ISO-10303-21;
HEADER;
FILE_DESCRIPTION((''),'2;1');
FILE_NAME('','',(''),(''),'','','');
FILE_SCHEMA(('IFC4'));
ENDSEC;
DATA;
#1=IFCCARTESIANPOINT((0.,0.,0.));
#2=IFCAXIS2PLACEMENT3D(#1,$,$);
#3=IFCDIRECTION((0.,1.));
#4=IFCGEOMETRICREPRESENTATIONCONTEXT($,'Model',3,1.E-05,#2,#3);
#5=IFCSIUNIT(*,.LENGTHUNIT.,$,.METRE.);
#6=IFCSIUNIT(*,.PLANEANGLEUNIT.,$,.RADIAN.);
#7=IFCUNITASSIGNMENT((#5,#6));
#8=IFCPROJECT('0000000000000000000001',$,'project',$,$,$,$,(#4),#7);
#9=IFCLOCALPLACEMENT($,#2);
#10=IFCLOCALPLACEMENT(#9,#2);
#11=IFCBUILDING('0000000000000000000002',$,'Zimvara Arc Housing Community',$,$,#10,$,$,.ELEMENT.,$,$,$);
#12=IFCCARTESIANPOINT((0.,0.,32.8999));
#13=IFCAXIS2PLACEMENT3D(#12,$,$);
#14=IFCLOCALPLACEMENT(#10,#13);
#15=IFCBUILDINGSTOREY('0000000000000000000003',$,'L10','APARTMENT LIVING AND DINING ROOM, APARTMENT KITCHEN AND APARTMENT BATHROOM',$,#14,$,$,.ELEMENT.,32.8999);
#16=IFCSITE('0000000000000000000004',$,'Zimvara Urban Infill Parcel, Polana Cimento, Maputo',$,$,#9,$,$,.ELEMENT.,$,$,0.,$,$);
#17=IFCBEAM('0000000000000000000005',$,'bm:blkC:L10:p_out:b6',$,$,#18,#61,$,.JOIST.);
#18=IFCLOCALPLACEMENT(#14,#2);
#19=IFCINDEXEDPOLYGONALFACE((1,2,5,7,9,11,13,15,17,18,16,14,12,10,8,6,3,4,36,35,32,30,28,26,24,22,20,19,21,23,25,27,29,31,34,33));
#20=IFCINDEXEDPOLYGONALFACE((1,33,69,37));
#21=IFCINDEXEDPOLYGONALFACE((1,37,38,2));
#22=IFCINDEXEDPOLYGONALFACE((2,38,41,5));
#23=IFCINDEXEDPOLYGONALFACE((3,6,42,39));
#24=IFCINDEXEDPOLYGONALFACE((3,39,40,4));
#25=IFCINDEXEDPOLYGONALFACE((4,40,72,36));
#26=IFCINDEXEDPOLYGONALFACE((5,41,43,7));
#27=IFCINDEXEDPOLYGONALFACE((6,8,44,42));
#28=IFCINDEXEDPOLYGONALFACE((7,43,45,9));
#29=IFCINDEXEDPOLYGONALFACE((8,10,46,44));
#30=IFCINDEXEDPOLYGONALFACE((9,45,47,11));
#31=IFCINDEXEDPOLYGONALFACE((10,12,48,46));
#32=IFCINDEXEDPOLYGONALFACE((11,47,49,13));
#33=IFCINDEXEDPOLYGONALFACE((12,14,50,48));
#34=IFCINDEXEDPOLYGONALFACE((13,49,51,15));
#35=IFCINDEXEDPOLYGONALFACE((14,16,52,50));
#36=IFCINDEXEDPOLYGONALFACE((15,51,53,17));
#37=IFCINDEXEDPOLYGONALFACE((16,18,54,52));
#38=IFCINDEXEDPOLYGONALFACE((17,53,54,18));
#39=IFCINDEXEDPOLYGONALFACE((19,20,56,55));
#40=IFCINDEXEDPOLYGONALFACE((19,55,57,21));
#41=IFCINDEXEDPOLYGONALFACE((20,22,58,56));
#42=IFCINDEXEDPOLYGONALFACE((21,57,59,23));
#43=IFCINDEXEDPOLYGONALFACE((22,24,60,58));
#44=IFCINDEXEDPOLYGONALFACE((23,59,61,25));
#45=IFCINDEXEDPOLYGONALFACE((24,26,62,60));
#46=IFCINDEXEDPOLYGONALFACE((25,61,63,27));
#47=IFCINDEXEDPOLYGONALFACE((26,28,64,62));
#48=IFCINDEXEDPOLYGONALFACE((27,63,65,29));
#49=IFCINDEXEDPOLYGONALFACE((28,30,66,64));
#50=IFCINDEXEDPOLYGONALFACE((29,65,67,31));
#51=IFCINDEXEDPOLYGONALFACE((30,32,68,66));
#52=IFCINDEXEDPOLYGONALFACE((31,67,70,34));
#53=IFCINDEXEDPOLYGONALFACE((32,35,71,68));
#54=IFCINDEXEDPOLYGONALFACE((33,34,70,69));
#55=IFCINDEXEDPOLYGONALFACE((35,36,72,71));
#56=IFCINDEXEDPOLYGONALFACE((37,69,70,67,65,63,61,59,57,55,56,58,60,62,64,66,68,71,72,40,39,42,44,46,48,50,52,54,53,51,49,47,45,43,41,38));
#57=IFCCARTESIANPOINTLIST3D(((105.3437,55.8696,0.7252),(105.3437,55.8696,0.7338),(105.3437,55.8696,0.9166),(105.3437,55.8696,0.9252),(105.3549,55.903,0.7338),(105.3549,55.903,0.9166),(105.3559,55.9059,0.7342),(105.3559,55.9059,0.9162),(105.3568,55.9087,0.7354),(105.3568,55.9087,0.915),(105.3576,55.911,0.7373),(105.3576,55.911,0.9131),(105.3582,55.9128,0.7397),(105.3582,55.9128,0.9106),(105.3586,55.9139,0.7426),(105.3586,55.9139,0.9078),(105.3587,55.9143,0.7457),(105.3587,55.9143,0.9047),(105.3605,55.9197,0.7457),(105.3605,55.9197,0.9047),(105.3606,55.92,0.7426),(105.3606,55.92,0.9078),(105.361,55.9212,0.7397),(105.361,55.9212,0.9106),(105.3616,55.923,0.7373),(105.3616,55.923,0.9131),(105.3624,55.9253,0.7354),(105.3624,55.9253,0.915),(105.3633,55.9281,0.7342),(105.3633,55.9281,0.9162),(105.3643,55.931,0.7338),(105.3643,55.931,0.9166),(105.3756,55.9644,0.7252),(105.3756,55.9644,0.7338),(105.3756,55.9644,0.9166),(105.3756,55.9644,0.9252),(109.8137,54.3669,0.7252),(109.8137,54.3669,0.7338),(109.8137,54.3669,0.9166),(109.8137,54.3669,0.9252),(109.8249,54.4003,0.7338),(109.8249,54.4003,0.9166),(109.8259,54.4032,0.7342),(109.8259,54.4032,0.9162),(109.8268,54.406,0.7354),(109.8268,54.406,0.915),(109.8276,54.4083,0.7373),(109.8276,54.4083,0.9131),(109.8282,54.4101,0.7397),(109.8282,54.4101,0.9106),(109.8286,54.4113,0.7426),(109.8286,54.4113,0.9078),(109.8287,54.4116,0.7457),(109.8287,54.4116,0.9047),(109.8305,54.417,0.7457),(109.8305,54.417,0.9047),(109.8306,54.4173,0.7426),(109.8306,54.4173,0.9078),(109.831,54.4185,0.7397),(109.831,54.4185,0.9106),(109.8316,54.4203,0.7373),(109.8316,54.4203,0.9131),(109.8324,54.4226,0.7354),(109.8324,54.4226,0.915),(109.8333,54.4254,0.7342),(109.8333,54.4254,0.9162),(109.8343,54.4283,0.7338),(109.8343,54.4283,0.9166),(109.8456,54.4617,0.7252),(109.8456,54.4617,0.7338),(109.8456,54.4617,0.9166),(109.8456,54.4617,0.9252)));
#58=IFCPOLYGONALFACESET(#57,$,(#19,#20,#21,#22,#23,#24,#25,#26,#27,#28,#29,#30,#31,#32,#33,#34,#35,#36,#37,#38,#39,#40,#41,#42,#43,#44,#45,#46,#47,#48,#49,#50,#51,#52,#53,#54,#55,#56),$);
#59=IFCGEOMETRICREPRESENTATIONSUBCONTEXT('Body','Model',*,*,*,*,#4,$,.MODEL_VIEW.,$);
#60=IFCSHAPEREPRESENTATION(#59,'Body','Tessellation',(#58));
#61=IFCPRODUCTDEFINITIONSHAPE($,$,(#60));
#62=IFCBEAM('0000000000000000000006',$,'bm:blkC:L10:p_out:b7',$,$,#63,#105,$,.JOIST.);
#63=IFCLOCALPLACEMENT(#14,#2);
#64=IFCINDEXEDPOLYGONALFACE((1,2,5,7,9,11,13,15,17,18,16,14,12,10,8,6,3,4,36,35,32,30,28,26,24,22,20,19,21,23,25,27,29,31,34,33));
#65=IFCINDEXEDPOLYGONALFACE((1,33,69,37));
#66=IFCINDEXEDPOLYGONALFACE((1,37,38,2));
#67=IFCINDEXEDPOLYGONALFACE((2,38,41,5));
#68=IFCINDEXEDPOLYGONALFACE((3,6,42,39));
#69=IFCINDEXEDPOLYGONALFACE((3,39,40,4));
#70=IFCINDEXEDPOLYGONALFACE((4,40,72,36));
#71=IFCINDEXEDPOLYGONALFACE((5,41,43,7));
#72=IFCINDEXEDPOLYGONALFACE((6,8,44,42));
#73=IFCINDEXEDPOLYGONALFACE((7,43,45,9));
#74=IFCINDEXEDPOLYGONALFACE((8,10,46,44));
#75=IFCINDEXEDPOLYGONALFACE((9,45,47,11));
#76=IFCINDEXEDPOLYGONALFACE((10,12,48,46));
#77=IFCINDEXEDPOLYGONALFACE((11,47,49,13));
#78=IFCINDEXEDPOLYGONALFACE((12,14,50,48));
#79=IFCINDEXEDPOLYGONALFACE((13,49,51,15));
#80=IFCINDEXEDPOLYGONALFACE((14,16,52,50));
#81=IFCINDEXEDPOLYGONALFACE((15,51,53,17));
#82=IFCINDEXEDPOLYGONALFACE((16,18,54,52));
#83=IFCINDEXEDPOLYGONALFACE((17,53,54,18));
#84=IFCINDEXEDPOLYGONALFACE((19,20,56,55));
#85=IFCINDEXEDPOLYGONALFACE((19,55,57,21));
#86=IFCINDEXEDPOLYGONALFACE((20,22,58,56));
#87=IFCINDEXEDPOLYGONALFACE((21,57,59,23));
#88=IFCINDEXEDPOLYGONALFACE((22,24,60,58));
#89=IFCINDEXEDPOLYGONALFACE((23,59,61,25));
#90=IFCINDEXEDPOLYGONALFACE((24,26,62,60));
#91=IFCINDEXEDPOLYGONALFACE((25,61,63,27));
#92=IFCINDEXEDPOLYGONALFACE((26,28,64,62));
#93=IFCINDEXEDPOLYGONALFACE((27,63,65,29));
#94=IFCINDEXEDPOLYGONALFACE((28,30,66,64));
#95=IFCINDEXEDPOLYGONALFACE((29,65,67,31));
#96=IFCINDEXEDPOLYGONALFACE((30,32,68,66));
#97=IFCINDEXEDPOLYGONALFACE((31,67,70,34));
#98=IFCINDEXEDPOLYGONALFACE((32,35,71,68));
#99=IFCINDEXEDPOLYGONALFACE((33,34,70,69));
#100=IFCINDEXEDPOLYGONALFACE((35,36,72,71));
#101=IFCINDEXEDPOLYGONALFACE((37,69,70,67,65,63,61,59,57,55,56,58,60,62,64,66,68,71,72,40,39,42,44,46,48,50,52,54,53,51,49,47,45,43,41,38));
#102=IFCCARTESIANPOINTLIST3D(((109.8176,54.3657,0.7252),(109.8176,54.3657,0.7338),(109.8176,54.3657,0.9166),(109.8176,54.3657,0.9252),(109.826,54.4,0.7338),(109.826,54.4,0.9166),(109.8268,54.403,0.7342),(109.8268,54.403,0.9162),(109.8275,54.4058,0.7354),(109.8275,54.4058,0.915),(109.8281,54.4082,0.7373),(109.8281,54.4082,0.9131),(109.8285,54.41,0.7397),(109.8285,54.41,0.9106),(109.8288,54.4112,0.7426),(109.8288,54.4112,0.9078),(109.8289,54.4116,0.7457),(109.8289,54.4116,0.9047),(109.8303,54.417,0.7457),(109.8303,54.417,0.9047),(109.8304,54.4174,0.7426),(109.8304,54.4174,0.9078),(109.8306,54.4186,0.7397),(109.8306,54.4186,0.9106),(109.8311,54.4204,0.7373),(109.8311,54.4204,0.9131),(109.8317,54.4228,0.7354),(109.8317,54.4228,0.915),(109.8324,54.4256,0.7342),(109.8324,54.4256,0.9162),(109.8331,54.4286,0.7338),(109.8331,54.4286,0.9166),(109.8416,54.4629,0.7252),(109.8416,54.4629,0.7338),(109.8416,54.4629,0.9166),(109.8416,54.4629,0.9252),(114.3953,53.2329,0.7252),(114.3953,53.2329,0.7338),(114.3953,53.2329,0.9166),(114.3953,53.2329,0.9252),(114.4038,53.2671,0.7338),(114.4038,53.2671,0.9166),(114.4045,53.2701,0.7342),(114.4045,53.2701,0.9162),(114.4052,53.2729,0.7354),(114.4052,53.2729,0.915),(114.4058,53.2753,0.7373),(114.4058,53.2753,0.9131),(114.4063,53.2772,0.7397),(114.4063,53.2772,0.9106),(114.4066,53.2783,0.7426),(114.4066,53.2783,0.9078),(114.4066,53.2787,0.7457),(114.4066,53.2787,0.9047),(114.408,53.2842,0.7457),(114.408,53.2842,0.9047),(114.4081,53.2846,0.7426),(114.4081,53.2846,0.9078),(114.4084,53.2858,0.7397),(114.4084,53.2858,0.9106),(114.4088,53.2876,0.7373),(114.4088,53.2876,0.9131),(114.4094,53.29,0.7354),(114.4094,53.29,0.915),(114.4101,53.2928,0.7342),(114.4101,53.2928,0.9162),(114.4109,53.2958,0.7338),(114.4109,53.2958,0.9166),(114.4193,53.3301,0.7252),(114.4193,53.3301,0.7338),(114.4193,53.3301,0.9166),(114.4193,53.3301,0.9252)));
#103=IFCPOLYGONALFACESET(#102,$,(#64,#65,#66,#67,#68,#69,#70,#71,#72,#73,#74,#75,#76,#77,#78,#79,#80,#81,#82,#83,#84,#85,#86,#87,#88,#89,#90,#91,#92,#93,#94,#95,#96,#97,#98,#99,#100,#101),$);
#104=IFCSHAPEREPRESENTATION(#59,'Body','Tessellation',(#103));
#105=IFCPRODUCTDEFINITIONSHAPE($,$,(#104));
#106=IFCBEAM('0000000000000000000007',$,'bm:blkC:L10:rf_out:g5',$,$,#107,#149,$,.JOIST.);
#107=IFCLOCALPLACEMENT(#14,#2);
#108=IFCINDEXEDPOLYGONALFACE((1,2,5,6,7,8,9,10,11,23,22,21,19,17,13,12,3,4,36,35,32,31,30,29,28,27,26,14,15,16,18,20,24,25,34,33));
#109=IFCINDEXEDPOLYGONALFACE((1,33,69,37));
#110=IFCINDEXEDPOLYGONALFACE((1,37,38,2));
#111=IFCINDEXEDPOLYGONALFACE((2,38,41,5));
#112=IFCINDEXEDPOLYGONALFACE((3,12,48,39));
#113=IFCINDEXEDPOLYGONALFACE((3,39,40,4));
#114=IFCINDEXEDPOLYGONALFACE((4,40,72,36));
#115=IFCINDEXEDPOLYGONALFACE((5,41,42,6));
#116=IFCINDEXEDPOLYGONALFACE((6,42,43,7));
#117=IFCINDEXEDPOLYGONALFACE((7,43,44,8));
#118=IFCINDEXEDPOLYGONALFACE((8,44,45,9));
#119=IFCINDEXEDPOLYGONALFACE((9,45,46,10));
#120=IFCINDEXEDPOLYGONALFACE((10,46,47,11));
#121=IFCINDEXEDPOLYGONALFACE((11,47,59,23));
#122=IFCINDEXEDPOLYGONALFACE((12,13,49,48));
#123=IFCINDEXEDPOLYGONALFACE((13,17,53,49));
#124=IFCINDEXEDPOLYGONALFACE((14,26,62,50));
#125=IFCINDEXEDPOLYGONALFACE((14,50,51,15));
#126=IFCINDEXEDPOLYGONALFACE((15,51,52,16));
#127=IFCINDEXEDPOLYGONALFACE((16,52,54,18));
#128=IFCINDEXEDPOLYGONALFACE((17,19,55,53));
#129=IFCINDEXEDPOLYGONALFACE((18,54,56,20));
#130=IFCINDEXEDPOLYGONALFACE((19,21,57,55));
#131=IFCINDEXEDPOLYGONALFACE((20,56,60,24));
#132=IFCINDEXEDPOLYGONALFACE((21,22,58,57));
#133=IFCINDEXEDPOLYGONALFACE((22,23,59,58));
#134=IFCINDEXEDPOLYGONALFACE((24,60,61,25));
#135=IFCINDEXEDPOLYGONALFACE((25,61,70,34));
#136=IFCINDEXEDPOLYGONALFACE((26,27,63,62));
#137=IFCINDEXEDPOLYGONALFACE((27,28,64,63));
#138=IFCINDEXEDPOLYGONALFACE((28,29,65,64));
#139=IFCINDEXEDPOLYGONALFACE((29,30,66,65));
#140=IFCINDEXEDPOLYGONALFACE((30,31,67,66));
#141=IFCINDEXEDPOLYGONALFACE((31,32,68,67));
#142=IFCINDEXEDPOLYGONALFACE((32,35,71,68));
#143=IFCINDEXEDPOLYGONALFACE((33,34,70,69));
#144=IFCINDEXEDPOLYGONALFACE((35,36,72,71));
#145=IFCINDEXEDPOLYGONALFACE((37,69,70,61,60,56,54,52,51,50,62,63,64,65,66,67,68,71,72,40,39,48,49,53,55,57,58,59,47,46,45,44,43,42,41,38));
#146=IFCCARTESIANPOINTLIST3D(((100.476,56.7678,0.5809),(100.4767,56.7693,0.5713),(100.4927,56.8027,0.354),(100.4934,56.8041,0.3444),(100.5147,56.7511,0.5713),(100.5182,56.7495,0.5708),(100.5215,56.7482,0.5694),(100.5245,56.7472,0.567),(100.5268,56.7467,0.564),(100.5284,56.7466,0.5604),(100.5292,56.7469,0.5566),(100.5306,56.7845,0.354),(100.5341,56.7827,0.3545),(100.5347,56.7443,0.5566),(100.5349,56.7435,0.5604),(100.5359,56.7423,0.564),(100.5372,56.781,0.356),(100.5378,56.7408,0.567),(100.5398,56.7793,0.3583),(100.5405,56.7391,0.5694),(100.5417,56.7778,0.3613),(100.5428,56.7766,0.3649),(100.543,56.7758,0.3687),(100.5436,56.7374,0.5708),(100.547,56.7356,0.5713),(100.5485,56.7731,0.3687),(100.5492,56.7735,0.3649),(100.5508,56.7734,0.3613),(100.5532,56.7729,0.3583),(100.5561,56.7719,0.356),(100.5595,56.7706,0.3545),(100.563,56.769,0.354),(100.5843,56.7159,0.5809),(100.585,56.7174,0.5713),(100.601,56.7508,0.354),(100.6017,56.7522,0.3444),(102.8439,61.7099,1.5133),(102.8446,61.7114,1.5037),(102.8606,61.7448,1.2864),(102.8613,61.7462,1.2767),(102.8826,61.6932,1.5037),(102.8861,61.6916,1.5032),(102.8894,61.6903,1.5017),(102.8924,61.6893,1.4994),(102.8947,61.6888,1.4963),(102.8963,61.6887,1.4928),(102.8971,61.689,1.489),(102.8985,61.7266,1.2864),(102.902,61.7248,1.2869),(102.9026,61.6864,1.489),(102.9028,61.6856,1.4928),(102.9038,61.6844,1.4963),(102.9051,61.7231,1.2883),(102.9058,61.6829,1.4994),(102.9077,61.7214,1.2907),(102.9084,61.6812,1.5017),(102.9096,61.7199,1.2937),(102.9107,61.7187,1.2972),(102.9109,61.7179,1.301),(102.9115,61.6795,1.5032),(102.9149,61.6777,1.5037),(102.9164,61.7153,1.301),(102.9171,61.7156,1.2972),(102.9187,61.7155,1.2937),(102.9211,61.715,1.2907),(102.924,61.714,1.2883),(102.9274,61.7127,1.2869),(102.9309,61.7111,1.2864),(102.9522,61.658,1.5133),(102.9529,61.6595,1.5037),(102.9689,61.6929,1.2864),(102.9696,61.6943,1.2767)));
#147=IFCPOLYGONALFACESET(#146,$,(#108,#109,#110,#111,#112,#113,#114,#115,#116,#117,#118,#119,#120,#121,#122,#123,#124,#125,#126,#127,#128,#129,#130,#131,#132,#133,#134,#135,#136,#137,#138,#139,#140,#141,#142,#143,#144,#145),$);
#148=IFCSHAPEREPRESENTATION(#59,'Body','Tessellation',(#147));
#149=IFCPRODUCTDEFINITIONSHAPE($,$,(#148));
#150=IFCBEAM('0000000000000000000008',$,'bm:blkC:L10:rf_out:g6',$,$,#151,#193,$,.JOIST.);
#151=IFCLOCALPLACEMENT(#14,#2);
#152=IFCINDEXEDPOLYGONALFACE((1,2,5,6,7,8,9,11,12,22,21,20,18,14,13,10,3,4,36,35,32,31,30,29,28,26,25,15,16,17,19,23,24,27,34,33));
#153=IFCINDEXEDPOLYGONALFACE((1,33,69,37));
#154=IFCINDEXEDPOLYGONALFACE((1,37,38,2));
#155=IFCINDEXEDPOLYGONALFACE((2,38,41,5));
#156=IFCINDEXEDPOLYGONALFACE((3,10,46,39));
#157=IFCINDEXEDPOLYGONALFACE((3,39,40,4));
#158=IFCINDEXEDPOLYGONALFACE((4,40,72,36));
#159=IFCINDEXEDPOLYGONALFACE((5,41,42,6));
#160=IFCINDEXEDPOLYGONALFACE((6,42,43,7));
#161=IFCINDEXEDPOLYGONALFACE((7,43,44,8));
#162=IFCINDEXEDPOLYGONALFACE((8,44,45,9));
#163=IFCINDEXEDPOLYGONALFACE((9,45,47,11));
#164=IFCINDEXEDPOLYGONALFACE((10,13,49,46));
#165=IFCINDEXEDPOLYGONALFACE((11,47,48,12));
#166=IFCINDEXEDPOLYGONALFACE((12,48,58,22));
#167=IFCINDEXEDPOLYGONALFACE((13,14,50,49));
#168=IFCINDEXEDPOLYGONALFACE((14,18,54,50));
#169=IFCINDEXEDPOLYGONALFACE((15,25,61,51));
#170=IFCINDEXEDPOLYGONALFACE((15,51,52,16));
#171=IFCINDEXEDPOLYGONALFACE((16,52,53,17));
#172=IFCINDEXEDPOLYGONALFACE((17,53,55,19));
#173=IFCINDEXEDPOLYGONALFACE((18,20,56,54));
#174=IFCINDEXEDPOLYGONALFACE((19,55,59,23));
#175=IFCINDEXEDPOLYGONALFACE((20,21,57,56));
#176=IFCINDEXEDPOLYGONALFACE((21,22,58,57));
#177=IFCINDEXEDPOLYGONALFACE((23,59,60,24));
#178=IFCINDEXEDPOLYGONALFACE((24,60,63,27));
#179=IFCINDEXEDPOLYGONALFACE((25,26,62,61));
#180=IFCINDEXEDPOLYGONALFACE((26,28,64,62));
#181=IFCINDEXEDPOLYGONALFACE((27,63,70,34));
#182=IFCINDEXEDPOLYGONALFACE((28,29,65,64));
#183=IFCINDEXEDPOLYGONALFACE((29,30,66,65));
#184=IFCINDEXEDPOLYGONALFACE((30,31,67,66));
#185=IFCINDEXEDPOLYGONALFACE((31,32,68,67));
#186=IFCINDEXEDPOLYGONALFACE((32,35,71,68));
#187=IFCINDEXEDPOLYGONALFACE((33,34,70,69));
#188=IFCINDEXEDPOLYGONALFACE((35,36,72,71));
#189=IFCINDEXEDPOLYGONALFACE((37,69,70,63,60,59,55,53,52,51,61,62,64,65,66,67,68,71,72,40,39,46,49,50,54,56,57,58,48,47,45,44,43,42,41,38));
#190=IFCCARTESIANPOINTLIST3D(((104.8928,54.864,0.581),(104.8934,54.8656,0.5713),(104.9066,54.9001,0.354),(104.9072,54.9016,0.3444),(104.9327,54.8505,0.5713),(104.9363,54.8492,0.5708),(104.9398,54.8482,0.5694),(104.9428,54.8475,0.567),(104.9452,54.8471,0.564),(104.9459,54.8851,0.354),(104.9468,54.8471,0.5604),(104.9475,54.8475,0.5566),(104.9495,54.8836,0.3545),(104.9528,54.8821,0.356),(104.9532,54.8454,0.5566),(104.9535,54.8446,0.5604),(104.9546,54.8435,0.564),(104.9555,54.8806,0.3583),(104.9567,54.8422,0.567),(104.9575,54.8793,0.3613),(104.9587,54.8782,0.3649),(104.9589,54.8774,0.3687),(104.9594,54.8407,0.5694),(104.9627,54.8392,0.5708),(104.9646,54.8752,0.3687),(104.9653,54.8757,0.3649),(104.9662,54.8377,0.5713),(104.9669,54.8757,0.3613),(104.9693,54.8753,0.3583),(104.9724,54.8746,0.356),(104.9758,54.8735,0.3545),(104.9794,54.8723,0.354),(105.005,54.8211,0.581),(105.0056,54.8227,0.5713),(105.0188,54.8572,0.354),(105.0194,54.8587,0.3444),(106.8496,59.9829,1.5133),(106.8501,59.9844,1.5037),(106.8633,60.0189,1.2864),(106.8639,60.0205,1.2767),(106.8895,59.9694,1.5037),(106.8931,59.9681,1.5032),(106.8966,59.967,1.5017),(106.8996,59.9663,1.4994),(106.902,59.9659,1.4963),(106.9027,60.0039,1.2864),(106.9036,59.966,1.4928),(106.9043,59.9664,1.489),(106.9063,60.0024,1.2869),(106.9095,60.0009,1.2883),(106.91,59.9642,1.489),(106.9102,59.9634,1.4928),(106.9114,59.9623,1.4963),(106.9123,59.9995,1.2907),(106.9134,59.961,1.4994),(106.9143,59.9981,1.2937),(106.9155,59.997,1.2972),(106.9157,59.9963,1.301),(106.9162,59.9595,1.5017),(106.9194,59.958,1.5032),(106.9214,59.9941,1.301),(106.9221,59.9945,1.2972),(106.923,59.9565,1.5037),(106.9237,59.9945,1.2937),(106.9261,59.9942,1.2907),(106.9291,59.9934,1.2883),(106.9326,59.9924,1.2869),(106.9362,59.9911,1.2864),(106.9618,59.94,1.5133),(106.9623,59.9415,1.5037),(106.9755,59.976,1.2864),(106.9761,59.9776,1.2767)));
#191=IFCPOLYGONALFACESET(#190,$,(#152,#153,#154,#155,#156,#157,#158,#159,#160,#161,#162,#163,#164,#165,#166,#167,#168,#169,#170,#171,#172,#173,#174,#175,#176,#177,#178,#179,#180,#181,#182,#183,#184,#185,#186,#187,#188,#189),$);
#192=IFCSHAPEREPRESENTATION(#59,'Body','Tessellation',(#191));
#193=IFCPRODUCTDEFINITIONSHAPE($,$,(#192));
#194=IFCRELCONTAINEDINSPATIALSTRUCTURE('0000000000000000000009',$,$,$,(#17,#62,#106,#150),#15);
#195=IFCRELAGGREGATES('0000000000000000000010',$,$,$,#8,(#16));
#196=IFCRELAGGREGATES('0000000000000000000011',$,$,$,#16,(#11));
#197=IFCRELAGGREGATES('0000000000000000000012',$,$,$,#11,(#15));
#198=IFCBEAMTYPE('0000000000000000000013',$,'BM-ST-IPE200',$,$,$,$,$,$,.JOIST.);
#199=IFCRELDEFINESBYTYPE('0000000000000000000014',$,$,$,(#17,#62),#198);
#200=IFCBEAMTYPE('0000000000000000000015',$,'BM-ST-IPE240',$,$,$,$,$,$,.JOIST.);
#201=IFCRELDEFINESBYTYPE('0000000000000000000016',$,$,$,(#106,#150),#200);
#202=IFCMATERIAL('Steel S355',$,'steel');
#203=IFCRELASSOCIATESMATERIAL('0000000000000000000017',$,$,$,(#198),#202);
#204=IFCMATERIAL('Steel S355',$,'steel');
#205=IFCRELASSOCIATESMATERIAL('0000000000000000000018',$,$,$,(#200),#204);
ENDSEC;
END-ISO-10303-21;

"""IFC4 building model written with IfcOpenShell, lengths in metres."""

from ifc_helpers import new_model, si_unit, direction, frame, origin, origin_2d, place, context, subcontext, project, spatial, i_section, extrude, material, material_profile, profile_set, type_object, element, save


model = new_model("IFC4")

# Units and contexts
model_context = context("Model", 3, precision=1e-05, world=origin(), true_north=direction((0.0, 1.0)))
body_context = subcontext(model_context, "Body", "Model", "MODEL_VIEW")
ifc_project = project(units=[si_unit("LENGTHUNIT", "METRE"), si_unit("PLANEANGLEUNIT", "RADIAN")], contexts=[model_context])

# Site, building, storey
site_placement = place(None, origin())
site = spatial("IfcSite", under=ifc_project, at=site_placement, Name="Zimvara Urban Infill Parcel, Polana Cimento, Maputo", CompositionType="ELEMENT", RefElevation=0.0)
building_placement = place(site_placement, origin())
building = spatial("IfcBuilding", under=site, at=building_placement, Name="Zimvara Arc Housing Community", CompositionType="ELEMENT")
storey_placement = place(building_placement, frame((0.0, 0.0, 32.8999)))
storey = spatial("IfcBuildingStorey", under=building, at=storey_placement, Name="L10", Description="APARTMENT LIVING AND DINING ROOM, APARTMENT KITCHEN AND APARTMENT BATHROOM", CompositionType="ELEMENT", Elevation=32.8999)

# Beams
ifc_material_1 = material(Name="Steel S355", Category="steel")
ifc_material_profile_1 = material_profile(ifc_material_1, i_section(OverallWidth=0.1001, OverallDepth=0.2, WebThickness=0.0056, FlangeThickness=0.0085, FilletRadius=0.012, at=origin_2d()), Name="IPE 200")
ifc_profile_set_1 = profile_set([ifc_material_profile_1], Name="Steel S355")
beam_type_1 = type_object("IfcBeamType", Name="BM-ST-IPE200", PredefinedType="JOIST", material=ifc_profile_set_1)
for number, where, z_axis, x_axis, name in (
    (1, (105.3596, 55.917, 0.8252), (0.947873, -0.31865, 0.0), (0.31865, 0.947873, 0.0), "bm:blkC:L10:p_out:b6"),
    (2, (109.8296, 54.4143, 0.8252), (0.970718, -0.24022, 0.0), (0.24022, 0.970718, 0.0), "bm:blkC:L10:p_out:b7"),
):
    element("IfcBeam", number, at=place(storey_placement, frame(where, z_axis=z_axis, x_axis=x_axis)), inside=storey, type_object=beam_type_1, Name=name, PredefinedType="JOIST", context=body_context, shape_type="SweptSolid", body=[
        extrude(i_section(OverallWidth=0.1001, OverallDepth=0.2, WebThickness=0.0056, FlangeThickness=0.0085, FilletRadius=0.012, at=origin_2d()), origin(), (0.0, 0.0, 1.0), 4.7158),
    ])
ifc_material_2 = material(Name="Steel S355", Category="steel")
ifc_material_profile_2 = material_profile(ifc_material_2, i_section(OverallWidth=0.1201, OverallDepth=0.24, WebThickness=0.0061, FlangeThickness=0.0098, FilletRadius=0.0149, at=origin_2d()), Name="IPE 240")
ifc_profile_set_2 = profile_set([ifc_material_profile_2], Name="Steel S355")
beam_type_2 = type_object("IfcBeamType", Name="BM-ST-IPE240", PredefinedType="JOIST", material=ifc_profile_set_2)
for number, where, z_axis, x_axis, name in (
    (3, (102.9067, 61.7021, 1.395), (-0.425971, -0.889054, -0.167727), (0.901829, -0.432092, 0.0), "bm:blkC:L10:rf_out:g5"),
    (4, (106.9128, 59.9802, 1.395), (-0.352009, -0.920846, -0.167726), (0.934078, -0.357068, 0.0), "bm:blkC:L10:rf_out:g6"),
):
    element("IfcBeam", number, at=place(storey_placement, frame(where, z_axis=z_axis, x_axis=x_axis)), inside=storey, type_object=beam_type_2, Name=name, PredefinedType="JOIST", context=body_context, shape_type="SweptSolid", body=[
        extrude(i_section(OverallWidth=0.1201, OverallDepth=0.24, WebThickness=0.0061, FlangeThickness=0.0098, FilletRadius=0.0149, at=origin_2d()), origin(), (0.0, 0.0, 1.0), 5.5588),
    ])

save(model, "model.ifc")
